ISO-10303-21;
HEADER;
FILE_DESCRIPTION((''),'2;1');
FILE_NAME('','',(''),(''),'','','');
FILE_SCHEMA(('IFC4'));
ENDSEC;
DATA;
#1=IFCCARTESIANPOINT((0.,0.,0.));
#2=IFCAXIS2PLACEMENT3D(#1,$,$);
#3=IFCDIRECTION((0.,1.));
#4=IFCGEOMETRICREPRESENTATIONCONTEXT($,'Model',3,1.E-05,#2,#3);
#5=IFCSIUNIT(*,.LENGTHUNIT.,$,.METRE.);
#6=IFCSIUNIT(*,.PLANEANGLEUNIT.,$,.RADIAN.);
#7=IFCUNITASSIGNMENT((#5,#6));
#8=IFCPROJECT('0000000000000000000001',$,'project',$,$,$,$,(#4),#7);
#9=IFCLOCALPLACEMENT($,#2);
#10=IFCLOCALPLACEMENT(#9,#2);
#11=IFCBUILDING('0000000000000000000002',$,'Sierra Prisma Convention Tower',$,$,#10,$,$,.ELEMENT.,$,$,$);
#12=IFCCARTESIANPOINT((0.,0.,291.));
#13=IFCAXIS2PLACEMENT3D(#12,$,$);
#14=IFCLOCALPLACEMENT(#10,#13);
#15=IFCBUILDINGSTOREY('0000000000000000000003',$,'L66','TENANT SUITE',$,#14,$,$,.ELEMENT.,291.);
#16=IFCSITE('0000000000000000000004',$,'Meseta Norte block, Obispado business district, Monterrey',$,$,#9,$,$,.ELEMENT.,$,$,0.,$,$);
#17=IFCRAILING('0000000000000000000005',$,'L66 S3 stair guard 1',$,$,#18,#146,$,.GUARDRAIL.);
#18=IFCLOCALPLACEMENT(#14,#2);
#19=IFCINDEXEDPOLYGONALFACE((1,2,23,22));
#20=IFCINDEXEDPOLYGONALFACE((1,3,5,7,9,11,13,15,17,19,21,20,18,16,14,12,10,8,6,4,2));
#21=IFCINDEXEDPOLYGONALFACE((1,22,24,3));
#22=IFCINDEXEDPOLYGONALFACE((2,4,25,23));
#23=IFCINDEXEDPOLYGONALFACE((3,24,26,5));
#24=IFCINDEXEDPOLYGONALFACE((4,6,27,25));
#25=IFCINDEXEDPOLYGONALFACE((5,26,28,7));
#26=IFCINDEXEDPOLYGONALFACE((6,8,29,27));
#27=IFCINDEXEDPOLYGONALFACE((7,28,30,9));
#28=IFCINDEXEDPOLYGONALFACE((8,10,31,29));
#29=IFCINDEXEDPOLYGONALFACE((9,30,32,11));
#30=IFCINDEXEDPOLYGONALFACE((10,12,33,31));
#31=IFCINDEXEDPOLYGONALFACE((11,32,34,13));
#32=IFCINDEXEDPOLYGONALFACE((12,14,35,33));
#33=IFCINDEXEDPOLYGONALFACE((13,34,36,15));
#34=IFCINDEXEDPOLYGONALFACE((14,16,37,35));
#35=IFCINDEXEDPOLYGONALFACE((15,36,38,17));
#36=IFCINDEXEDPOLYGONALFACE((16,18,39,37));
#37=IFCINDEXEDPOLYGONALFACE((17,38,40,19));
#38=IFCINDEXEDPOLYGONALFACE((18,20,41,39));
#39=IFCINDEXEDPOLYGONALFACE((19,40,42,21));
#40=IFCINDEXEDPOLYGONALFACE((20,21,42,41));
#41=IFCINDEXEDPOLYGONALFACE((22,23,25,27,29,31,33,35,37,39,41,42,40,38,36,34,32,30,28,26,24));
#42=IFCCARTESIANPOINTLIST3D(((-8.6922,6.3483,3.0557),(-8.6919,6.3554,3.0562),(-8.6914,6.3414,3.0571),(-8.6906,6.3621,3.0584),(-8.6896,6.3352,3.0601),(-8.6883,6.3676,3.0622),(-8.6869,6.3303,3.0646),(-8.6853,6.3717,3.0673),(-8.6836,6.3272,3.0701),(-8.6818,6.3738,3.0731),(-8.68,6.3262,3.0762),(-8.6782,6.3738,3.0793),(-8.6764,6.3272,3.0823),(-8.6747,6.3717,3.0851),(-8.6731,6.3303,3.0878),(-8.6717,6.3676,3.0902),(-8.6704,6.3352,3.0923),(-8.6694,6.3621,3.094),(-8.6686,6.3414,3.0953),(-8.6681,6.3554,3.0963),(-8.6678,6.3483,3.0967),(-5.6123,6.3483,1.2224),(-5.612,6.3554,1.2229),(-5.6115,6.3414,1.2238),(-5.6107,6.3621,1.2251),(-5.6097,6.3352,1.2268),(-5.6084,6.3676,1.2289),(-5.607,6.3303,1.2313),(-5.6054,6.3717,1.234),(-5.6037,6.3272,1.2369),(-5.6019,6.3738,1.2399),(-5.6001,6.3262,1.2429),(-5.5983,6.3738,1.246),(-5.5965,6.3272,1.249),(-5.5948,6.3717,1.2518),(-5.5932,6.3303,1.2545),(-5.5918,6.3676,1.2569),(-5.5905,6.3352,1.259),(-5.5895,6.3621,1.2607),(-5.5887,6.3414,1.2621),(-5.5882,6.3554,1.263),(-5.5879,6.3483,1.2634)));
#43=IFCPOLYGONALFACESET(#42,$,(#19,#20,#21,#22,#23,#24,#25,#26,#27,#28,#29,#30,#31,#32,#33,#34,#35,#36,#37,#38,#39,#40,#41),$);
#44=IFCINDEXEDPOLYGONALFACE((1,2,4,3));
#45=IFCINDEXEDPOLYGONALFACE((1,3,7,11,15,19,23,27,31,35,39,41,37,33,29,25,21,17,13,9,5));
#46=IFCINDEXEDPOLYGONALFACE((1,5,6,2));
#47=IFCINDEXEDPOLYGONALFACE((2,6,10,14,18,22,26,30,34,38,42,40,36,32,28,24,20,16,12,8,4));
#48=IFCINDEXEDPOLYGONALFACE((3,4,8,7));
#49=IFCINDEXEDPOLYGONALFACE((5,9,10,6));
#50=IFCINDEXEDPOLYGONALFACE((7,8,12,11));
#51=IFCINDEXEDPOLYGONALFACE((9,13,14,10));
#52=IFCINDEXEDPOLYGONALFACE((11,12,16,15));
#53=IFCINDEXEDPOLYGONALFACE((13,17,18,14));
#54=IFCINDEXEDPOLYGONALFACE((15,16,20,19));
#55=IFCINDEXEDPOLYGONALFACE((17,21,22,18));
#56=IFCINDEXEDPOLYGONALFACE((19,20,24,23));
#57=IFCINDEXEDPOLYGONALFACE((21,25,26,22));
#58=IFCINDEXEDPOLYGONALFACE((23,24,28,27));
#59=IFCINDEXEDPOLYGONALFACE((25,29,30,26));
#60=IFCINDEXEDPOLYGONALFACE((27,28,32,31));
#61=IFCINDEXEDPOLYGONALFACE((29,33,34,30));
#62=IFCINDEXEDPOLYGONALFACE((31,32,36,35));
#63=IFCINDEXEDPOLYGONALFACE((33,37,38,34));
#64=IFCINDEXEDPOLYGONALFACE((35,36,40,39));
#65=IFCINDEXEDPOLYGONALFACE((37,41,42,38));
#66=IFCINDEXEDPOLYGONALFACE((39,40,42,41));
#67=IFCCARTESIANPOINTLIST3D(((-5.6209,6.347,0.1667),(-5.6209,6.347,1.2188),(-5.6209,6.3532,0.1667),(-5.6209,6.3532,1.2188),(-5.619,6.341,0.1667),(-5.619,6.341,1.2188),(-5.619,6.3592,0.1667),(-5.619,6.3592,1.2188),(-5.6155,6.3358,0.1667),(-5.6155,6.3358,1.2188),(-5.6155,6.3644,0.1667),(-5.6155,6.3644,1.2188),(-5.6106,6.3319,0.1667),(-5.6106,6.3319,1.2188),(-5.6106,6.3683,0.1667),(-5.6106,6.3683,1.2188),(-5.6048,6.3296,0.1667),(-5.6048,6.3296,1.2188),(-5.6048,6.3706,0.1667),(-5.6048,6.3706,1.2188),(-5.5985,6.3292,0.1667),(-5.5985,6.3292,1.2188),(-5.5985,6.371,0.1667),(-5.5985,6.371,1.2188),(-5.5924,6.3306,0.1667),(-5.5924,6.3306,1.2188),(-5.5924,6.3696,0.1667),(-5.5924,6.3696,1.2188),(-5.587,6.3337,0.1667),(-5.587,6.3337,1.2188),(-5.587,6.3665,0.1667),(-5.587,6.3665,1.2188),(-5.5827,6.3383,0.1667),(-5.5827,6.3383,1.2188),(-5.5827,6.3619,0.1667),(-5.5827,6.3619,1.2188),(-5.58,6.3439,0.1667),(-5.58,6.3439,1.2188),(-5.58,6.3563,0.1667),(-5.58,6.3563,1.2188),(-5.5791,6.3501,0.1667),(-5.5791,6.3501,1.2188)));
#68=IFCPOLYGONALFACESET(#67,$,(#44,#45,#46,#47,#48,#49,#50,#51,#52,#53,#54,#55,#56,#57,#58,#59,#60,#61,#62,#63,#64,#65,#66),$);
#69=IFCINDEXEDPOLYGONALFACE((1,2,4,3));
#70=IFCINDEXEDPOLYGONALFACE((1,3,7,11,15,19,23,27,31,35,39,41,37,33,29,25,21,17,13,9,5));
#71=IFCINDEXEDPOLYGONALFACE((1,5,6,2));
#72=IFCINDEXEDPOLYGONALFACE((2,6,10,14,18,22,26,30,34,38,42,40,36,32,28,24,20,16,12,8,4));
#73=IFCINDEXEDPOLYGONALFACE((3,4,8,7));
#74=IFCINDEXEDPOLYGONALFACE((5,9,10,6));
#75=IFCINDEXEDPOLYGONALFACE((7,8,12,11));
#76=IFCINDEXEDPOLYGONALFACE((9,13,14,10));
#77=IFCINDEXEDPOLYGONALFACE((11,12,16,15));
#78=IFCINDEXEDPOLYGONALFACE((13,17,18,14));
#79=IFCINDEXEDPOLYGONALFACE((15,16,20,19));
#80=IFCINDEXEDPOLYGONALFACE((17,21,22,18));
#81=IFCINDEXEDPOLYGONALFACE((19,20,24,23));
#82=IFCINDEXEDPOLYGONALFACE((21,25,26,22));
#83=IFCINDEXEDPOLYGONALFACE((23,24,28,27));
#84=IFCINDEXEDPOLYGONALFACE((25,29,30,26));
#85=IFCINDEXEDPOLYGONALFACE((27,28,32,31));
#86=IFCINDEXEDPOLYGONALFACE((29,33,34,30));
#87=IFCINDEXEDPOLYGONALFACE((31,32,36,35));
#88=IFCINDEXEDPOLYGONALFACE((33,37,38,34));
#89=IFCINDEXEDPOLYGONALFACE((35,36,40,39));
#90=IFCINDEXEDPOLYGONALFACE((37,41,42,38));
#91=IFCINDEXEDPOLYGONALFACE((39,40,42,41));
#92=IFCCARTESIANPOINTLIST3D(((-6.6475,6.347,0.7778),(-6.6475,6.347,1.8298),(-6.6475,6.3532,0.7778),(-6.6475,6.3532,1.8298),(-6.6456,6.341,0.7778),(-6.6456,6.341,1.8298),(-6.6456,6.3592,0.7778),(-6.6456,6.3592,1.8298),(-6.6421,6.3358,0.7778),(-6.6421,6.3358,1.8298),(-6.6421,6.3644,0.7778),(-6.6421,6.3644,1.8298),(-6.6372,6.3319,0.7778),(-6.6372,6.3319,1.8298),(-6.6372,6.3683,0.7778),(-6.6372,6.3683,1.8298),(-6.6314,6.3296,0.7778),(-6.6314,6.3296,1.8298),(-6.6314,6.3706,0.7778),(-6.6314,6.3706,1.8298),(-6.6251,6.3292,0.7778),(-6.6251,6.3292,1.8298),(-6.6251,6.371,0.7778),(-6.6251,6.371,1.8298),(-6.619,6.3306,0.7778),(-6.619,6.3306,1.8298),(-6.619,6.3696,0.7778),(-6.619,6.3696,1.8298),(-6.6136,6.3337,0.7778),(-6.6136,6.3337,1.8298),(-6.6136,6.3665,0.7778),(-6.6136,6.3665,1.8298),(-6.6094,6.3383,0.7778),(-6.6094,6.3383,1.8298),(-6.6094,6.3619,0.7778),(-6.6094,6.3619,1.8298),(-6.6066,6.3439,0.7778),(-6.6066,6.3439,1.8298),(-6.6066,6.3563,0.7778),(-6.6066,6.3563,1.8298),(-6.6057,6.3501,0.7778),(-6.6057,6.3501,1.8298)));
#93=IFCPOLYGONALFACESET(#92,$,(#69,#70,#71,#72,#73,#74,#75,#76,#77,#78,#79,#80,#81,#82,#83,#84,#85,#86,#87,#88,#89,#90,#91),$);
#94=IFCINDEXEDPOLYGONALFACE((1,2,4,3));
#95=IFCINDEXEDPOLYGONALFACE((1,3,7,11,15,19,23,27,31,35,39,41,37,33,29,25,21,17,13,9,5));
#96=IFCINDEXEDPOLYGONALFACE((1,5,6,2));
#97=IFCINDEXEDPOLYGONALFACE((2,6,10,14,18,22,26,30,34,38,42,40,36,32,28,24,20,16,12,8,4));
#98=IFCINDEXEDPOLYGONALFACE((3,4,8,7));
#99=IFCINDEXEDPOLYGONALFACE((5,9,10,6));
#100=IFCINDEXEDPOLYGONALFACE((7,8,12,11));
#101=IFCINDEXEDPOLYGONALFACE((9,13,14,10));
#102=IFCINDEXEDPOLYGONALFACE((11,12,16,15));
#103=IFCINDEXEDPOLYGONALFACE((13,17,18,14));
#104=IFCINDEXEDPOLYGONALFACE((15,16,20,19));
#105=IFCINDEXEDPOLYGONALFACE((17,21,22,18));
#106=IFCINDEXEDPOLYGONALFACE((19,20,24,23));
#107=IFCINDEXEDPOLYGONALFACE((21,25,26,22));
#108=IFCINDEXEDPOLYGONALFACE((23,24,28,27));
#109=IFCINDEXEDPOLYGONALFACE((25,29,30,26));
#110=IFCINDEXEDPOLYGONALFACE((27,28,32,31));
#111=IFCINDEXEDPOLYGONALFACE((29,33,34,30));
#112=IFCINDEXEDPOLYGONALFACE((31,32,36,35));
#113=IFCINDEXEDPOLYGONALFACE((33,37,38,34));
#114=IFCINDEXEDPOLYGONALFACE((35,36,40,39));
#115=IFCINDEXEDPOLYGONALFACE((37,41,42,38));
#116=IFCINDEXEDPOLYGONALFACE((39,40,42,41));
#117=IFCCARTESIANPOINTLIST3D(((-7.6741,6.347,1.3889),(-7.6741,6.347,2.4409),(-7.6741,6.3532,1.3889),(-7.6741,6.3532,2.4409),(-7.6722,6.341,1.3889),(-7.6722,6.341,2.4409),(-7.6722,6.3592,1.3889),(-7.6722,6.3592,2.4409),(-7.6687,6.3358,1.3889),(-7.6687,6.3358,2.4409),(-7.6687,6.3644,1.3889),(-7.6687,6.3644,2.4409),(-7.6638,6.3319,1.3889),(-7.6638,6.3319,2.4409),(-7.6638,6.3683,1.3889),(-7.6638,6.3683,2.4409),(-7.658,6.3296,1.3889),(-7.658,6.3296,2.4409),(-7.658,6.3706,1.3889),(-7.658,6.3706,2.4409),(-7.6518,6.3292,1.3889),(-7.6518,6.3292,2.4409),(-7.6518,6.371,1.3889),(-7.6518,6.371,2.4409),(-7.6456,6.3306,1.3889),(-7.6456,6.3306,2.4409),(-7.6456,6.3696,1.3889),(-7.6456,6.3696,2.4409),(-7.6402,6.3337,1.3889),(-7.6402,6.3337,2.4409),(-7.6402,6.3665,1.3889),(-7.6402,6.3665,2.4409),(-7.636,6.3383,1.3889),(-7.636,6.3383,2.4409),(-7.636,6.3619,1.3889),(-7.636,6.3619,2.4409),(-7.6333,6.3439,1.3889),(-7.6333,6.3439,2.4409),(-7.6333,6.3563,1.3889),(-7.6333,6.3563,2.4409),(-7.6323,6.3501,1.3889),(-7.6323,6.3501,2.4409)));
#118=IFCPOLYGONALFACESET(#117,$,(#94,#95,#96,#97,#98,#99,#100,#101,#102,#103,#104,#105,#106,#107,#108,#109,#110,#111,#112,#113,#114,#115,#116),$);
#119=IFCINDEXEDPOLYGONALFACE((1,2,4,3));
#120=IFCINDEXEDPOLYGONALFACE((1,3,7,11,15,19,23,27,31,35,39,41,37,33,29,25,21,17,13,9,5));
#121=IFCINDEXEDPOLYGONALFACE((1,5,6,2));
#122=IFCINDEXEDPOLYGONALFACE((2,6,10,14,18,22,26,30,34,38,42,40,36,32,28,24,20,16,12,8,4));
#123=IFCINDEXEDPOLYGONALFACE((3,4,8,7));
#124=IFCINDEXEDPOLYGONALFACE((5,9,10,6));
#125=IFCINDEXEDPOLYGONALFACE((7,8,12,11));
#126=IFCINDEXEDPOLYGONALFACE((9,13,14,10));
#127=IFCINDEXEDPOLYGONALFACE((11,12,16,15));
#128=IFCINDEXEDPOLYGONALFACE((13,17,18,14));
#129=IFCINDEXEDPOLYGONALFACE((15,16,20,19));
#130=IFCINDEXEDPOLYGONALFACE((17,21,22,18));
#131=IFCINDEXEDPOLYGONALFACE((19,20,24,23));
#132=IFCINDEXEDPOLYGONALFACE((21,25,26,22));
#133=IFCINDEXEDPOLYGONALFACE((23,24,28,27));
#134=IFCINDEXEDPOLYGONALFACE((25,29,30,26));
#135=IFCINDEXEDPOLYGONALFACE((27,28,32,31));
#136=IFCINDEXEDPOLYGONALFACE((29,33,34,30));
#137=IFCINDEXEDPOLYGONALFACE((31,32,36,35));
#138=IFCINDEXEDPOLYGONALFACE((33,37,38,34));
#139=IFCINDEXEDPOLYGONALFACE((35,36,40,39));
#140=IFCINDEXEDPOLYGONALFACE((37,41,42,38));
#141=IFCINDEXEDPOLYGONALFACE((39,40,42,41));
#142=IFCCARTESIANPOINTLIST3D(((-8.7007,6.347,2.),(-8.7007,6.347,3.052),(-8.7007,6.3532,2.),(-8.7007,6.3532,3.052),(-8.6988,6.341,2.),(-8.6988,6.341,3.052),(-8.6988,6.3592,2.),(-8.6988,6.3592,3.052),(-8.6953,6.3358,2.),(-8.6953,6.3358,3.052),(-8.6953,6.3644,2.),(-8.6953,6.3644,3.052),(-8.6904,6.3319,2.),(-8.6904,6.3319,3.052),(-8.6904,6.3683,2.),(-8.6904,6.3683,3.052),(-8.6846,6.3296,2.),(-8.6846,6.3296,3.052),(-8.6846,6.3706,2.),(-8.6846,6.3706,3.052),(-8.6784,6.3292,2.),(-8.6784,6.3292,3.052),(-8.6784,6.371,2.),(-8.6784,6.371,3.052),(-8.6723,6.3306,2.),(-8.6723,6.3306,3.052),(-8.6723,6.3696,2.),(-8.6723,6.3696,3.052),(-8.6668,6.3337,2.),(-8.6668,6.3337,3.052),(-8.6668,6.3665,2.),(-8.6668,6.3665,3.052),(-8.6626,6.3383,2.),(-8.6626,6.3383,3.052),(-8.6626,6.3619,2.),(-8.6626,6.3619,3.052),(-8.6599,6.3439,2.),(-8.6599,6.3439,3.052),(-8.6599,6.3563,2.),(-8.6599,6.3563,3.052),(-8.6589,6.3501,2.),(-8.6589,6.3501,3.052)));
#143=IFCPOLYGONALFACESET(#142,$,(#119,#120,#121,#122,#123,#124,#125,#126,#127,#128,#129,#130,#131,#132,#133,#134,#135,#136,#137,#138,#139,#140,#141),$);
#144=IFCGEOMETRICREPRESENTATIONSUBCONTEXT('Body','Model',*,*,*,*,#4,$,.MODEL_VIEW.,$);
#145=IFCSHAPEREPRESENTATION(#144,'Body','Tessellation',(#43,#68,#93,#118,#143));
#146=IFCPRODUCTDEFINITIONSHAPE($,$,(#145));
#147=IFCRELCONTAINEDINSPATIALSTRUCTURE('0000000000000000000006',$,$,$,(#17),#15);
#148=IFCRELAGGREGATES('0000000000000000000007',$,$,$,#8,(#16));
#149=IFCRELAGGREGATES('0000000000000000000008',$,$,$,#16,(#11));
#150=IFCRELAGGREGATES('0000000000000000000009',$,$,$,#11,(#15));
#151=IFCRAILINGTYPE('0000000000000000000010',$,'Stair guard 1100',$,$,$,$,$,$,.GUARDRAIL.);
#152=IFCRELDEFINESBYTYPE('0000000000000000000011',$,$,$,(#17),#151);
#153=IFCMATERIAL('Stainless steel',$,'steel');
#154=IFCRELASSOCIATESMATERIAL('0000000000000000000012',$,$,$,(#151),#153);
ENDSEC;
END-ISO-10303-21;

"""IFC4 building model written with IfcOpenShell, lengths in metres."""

from ifc_helpers import new_model, si_unit, direction, frame, origin, origin_2d, place, context, subcontext, project, spatial, circle, extrude, material, type_object, element, save


model = new_model("IFC4")

# Units and contexts
model_context = context("Model", 3, precision=1e-05, world=origin(), true_north=direction((0.0, 1.0)))
body_context = subcontext(model_context, "Body", "Model", "MODEL_VIEW")
ifc_project = project(units=[si_unit("LENGTHUNIT", "METRE"), si_unit("PLANEANGLEUNIT", "RADIAN")], contexts=[model_context])

# Site, building, storey
site_placement = place(None, origin())
site = spatial("IfcSite", under=ifc_project, at=site_placement, Name="Meseta Norte block, Obispado business district, Monterrey", CompositionType="ELEMENT", RefElevation=0.0)
building_placement = place(site_placement, origin())
building = spatial("IfcBuilding", under=site, at=building_placement, Name="Sierra Prisma Convention Tower", CompositionType="ELEMENT")
storey_placement = place(building_placement, frame((0.0, 0.0, 291.0)))
storey = spatial("IfcBuildingStorey", under=building, at=storey_placement, Name="L66", Description="TENANT SUITE", CompositionType="ELEMENT", Elevation=291.0)

# Railing
ifc_material_1 = material(Name="Stainless steel", Category="steel")
railing_type_1 = type_object("IfcRailingType", Name="Stair guard 1100", PredefinedType="GUARDRAIL", material=ifc_material_1)
railing_1_placement = place(storey_placement, frame((-5.6001, 6.3501, 0.1667)))
element("IfcRailing", 1, at=railing_1_placement, inside=storey, type_object=railing_type_1, Name="L66 S3 stair guard 1", PredefinedType="GUARDRAIL", context=body_context, shape_type="SweptSolid", body=[
    extrude(circle(Radius=0.0239, at=origin_2d()), frame((0.0, 0.0, 1.0762), z_axis=(-0.859291, 0.0, 0.511487), x_axis=(0.0, -1.0, 0.0)), (0.0, 0.0, 1.0), 3.5842),
    extrude(circle(Radius=0.021, at=origin_2d()), origin(), (0.0, 0.0, 1.0), 1.052),
    extrude(circle(Radius=0.021, at=origin_2d()), frame((-1.0266, 0.0, 0.6111)), (0.0, 0.0, 1.0), 1.052),
    extrude(circle(Radius=0.021, at=origin_2d()), frame((-2.0532, 0.0, 1.2222)), (0.0, 0.0, 1.0), 1.052),
    extrude(circle(Radius=0.021, at=origin_2d()), frame((-3.0798, 0.0, 1.8333)), (0.0, 0.0, 1.0), 1.052),
])

save(model, "model.ifc")
